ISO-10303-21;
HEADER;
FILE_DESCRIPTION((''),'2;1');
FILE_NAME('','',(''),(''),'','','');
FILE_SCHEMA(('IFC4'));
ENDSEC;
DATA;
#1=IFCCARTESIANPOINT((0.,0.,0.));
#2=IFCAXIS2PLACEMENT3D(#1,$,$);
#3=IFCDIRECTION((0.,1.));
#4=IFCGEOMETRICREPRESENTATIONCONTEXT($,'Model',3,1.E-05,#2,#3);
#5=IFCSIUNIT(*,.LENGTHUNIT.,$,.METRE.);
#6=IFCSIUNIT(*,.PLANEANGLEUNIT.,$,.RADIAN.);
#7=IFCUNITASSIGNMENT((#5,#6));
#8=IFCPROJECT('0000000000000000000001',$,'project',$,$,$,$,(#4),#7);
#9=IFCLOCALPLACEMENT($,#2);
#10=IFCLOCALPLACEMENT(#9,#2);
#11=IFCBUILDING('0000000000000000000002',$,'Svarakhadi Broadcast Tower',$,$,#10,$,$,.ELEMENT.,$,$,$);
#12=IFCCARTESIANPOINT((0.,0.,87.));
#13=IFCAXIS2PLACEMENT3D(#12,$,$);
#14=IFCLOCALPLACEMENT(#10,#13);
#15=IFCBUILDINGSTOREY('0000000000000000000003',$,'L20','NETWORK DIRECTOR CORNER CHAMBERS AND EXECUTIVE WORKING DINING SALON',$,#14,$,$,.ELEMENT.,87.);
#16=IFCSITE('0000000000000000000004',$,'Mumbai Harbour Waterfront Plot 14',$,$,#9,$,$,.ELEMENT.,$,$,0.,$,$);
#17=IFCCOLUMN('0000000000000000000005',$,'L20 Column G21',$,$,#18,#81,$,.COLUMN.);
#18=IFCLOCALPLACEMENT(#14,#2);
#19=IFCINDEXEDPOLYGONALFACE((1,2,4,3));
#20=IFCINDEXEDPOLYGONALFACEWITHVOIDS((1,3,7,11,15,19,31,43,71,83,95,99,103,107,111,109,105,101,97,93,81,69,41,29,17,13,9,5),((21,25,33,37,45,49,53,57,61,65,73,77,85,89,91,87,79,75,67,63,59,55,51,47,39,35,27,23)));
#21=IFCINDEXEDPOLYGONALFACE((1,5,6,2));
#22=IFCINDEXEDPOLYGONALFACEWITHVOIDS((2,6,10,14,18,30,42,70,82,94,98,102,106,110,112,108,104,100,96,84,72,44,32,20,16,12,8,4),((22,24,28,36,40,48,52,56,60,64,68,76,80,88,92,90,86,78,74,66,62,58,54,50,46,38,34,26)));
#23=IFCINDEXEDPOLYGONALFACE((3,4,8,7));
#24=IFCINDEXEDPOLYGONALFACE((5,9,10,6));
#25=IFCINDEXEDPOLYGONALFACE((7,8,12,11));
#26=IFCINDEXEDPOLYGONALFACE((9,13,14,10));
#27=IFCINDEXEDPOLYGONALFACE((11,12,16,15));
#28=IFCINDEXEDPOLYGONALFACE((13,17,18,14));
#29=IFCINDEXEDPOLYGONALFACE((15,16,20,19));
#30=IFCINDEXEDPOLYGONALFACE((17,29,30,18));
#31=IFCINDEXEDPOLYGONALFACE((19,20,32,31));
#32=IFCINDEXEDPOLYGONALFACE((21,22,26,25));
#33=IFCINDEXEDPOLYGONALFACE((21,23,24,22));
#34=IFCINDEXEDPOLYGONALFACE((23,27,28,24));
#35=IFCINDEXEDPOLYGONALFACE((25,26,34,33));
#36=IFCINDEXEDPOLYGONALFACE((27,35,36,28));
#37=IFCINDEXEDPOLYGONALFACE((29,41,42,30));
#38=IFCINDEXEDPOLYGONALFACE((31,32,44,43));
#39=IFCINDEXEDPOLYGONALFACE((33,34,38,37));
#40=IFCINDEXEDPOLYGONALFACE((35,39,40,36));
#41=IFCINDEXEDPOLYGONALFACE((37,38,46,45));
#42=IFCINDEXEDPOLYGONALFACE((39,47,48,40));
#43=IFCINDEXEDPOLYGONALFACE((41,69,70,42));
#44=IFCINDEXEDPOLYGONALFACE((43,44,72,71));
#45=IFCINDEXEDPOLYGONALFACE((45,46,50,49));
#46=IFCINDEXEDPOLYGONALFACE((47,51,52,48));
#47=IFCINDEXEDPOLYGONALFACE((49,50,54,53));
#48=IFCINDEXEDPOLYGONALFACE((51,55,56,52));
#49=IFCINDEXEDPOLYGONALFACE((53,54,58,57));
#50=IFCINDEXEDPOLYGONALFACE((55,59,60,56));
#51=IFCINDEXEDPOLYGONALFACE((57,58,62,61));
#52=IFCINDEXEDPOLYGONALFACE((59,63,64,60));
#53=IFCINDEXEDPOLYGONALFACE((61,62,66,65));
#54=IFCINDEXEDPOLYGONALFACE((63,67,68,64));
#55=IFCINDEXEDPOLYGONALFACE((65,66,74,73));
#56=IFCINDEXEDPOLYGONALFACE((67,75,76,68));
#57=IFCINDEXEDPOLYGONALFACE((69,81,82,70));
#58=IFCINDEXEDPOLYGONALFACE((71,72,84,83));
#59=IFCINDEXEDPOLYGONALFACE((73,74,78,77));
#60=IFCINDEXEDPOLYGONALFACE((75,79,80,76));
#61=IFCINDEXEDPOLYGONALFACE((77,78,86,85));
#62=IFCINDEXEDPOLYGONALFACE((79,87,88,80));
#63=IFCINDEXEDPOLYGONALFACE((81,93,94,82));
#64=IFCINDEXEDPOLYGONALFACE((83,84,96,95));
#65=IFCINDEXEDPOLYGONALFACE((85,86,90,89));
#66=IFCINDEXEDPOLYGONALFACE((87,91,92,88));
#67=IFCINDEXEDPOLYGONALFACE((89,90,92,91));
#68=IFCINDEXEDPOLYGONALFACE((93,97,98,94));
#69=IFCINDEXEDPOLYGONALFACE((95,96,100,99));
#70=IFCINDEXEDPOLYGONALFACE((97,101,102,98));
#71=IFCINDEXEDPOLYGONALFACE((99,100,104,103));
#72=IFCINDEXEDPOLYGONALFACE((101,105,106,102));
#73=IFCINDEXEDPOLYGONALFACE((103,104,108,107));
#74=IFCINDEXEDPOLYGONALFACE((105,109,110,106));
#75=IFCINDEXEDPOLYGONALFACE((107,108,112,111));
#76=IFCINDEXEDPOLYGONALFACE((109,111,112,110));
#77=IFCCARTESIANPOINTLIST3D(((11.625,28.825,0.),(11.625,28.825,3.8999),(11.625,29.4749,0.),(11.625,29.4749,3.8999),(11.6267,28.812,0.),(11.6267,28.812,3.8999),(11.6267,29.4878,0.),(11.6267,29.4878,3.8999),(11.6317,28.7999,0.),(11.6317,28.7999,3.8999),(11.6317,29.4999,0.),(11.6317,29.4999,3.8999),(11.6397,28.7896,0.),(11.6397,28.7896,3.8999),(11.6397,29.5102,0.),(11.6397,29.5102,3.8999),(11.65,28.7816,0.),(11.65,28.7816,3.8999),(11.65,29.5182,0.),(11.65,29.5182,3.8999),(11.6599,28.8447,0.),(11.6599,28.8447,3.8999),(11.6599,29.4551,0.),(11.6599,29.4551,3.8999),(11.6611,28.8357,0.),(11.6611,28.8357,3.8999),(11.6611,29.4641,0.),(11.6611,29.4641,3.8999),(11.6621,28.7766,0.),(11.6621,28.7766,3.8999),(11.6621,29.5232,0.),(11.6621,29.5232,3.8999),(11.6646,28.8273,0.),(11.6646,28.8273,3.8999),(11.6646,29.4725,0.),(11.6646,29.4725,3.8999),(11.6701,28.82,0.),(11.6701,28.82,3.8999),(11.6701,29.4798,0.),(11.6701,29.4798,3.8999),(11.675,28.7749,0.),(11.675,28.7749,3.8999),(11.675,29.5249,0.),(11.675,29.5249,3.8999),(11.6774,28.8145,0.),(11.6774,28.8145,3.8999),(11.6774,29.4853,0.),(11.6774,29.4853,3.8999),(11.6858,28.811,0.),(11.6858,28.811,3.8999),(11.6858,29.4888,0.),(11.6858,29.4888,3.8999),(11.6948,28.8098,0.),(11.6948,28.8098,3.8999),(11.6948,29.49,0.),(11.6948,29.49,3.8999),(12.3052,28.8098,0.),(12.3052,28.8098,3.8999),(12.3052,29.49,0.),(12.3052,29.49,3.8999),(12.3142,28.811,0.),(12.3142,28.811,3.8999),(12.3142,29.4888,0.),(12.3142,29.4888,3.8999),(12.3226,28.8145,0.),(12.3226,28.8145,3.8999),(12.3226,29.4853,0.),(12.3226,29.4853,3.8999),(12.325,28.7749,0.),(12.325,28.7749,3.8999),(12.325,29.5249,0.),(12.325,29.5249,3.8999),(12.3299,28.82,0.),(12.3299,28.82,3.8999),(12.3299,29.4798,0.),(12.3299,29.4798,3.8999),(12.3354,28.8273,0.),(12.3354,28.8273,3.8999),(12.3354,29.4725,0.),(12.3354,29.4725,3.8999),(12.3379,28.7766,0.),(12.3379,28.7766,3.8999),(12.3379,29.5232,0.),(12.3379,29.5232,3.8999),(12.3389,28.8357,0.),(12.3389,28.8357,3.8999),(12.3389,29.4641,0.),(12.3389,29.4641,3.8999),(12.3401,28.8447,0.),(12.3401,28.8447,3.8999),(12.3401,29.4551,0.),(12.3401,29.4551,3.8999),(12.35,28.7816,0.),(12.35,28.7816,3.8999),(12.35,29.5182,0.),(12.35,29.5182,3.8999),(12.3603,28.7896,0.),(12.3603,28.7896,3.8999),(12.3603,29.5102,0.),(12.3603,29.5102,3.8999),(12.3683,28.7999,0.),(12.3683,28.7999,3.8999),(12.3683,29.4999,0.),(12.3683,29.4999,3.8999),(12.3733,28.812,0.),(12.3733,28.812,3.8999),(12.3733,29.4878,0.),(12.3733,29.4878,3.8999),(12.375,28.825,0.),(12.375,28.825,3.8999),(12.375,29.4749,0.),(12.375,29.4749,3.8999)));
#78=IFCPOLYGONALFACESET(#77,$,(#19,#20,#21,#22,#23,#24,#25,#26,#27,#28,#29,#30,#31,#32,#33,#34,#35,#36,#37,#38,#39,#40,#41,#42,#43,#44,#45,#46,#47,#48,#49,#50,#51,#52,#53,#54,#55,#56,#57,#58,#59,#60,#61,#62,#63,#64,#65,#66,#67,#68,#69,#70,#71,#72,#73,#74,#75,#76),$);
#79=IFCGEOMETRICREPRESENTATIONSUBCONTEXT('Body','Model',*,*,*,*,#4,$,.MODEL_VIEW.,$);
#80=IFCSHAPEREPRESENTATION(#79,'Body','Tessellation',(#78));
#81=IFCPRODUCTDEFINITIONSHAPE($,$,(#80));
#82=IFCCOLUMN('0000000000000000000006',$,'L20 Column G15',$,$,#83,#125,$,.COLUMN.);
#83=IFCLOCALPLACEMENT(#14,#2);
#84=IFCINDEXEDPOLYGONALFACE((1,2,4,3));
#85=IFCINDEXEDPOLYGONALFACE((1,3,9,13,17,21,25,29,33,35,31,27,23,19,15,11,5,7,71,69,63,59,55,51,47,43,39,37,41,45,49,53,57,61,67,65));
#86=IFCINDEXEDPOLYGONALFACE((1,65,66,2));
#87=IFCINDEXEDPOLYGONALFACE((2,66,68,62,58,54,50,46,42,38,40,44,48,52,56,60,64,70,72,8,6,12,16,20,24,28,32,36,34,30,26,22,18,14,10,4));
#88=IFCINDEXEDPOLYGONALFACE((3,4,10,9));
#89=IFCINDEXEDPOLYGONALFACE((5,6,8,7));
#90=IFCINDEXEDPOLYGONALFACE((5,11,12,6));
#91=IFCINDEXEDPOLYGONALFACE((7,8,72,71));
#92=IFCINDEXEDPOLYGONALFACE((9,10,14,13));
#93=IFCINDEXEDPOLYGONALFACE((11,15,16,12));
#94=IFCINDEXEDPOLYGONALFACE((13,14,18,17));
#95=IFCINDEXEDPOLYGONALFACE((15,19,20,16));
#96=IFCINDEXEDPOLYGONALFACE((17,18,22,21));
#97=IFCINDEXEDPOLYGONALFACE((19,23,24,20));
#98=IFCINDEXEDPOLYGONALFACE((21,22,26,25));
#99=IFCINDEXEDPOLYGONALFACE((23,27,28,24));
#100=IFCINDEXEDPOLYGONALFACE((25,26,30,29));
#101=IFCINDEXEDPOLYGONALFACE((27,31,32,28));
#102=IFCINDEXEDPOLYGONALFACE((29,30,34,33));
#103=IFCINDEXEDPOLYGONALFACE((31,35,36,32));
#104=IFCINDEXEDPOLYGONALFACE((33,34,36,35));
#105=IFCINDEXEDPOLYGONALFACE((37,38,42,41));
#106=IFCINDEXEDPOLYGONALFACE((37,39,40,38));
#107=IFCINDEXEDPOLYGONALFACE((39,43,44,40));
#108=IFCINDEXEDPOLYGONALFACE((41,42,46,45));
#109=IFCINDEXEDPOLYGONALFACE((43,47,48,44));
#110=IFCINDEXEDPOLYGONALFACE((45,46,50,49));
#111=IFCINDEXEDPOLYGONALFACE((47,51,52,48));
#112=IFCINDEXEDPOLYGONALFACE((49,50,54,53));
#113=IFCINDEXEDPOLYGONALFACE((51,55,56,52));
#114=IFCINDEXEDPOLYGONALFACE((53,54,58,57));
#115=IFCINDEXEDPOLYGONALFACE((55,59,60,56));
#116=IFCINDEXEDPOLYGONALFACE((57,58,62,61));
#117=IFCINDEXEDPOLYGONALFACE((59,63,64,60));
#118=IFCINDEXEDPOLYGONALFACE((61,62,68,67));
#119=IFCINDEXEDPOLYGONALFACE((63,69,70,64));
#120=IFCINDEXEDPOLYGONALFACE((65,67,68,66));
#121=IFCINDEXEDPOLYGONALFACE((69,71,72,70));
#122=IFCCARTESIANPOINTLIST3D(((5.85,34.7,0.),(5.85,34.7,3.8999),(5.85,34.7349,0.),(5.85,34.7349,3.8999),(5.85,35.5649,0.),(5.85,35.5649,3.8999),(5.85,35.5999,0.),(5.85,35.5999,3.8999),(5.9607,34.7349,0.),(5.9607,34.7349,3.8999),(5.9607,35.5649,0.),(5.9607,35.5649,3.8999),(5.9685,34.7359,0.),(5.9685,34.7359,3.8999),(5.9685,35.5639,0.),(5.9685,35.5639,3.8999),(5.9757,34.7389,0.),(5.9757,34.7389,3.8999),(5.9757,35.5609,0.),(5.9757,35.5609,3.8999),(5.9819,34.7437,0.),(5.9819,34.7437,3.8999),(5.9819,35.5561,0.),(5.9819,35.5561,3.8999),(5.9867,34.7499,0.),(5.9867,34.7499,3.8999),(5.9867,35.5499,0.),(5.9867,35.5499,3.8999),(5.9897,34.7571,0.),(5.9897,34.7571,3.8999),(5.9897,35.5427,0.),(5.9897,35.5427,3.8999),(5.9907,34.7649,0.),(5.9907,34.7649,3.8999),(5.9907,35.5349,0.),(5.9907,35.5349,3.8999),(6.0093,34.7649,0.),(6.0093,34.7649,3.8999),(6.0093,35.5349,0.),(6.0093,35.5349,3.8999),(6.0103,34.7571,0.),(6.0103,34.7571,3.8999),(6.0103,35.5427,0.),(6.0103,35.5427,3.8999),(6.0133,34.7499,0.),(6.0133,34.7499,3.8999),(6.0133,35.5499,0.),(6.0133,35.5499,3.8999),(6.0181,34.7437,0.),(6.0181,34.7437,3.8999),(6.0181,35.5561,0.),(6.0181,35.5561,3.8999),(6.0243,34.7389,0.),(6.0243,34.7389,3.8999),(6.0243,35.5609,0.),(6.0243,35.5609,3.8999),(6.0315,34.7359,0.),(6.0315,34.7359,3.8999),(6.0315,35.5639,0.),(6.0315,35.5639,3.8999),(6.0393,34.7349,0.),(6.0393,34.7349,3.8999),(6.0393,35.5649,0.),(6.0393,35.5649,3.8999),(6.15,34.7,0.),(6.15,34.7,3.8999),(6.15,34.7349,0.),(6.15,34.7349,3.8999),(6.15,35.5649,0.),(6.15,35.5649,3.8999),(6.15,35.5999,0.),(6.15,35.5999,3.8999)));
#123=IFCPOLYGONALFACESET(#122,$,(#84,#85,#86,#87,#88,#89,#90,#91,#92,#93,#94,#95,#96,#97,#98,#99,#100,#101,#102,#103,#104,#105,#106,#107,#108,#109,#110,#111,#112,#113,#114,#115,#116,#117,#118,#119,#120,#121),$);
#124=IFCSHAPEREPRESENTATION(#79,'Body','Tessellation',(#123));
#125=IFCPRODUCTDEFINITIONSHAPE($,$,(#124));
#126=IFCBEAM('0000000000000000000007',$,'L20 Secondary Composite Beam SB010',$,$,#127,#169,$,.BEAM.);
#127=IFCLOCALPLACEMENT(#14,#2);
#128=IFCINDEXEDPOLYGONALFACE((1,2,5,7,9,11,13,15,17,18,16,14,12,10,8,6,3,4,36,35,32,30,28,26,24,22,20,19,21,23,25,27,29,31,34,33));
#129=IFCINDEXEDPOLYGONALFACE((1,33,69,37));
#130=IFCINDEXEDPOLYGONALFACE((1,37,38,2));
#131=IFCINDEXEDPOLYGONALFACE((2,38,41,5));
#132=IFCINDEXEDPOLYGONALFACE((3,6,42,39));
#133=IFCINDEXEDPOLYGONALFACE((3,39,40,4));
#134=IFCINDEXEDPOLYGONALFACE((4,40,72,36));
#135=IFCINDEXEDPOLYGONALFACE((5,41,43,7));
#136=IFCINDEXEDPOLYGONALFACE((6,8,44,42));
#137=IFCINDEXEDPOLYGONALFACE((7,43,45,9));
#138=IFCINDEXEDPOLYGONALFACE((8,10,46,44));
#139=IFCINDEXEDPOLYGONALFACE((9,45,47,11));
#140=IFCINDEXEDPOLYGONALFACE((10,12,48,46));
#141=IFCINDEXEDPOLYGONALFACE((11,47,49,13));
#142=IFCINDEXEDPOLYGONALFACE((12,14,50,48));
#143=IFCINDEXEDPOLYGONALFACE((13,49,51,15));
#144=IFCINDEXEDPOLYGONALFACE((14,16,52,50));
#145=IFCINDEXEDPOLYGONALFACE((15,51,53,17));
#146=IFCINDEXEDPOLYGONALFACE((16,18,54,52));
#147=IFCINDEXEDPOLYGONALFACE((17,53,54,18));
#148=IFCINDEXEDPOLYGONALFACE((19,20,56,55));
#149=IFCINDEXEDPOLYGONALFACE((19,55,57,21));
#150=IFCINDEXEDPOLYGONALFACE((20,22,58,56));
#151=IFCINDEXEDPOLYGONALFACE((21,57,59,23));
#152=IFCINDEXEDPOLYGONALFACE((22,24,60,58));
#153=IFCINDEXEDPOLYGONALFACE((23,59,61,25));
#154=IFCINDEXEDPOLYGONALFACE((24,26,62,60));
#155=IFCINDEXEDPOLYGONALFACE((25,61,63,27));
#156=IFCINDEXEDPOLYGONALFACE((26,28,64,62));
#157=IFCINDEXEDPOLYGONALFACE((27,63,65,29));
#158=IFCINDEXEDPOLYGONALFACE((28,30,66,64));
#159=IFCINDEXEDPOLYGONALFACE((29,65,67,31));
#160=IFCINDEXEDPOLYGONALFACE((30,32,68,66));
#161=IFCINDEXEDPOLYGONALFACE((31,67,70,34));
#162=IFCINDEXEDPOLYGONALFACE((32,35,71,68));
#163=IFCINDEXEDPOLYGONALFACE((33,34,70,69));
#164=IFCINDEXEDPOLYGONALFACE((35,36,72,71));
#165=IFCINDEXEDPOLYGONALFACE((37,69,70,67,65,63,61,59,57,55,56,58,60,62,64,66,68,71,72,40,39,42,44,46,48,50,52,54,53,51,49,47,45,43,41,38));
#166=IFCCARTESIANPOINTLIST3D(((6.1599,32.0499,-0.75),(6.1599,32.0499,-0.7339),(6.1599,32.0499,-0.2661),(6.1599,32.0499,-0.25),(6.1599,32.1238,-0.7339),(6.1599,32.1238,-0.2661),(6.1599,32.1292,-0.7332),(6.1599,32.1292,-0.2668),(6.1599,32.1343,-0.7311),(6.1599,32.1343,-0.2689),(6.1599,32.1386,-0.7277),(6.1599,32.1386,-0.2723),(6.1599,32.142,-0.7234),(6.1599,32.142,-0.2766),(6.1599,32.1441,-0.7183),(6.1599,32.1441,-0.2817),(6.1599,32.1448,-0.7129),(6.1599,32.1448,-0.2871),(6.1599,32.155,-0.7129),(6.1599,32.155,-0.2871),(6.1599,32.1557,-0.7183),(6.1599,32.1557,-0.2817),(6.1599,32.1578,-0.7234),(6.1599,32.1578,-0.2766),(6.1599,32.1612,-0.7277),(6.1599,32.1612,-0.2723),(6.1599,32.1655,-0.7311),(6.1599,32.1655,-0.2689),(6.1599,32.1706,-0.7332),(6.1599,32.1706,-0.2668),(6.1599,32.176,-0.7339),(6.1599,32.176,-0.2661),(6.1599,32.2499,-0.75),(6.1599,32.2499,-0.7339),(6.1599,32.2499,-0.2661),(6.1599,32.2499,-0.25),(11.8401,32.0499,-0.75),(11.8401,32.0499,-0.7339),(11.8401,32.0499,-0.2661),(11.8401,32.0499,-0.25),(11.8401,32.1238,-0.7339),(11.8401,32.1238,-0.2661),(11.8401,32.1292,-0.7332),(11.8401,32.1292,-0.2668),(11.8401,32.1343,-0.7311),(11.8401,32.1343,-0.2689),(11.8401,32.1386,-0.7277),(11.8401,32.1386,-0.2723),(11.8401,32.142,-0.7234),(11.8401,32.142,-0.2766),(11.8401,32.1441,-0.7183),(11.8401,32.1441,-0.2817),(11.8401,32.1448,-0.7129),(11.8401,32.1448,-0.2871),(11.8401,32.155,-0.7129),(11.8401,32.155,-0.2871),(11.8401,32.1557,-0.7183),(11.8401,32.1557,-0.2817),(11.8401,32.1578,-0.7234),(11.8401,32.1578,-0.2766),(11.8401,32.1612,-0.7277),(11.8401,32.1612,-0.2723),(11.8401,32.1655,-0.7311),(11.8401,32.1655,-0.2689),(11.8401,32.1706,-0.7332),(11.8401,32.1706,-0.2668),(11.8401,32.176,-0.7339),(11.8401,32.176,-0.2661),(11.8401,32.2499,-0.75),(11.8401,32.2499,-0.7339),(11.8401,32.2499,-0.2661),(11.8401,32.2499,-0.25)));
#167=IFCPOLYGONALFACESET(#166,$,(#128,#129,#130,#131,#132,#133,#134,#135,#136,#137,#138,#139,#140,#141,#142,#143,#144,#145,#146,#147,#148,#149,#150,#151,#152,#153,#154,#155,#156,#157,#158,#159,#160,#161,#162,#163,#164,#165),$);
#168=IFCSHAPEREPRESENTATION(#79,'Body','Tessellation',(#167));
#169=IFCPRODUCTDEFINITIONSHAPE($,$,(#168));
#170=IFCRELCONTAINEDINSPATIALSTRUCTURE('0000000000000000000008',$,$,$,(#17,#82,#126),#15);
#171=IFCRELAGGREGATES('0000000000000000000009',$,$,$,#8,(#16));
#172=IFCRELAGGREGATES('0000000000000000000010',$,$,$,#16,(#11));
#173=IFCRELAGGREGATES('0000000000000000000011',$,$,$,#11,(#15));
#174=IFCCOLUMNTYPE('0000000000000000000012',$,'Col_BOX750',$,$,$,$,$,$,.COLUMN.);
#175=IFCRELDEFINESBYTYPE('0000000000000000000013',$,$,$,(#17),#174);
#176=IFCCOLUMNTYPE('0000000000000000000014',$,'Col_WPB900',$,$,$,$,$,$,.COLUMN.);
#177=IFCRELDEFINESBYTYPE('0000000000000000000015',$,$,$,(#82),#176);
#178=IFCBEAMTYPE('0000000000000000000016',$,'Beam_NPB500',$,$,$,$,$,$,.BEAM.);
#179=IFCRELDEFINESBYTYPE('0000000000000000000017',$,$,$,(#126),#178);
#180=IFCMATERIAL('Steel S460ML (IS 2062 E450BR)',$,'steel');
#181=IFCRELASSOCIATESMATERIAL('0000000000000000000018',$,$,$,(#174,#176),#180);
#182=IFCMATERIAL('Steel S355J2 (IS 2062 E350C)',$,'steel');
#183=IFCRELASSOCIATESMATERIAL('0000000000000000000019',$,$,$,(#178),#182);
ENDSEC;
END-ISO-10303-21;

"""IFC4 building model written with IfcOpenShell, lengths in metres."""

from ifc_helpers import new_model, si_unit, direction, frame, origin, origin_2d, place, context, subcontext, project, spatial, hollow_rectangle, i_section, extrude, material, material_profile, profile_set, type_object, element, save


model = new_model("IFC4")

# Units and contexts
model_context = context("Model", 3, precision=1e-05, world=origin(), true_north=direction((0.0, 1.0)))
body_context = subcontext(model_context, "Body", "Model", "MODEL_VIEW")
ifc_project = project(units=[si_unit("LENGTHUNIT", "METRE"), si_unit("PLANEANGLEUNIT", "RADIAN")], contexts=[model_context])

# Site, building, storey
site_placement = place(None, origin())
site = spatial("IfcSite", under=ifc_project, at=site_placement, Name="Mumbai Harbour Waterfront Plot 14", CompositionType="ELEMENT", RefElevation=0.0)
building_placement = place(site_placement, origin())
building = spatial("IfcBuilding", under=site, at=building_placement, Name="Svarakhadi Broadcast Tower", CompositionType="ELEMENT")
storey_placement = place(building_placement, frame((0.0, 0.0, 87.0)))
storey = spatial("IfcBuildingStorey", under=building, at=storey_placement, Name="L20", Description="NETWORK DIRECTOR CORNER CHAMBERS AND EXECUTIVE WORKING DINING SALON", CompositionType="ELEMENT", Elevation=87.0)

# Columns
ifc_material_1 = material(Name="Steel S460ML (IS 2062 E450BR)", Category="steel")
ifc_material_profile_1 = material_profile(ifc_material_1, hollow_rectangle(XDim=0.75, YDim=0.75, WallThickness=0.0349, InnerFilletRadius=0.0349, OuterFilletRadius=0.05, at=origin_2d()), Name="BOX 750x750x35")
ifc_profile_set_1 = profile_set([ifc_material_profile_1], Name="Steel S460ML (IS 2062 E450BR)")
column_type_1 = type_object("IfcColumnType", Name="Col_BOX750", PredefinedType="COLUMN", material=ifc_profile_set_1)
column_1_placement = place(storey_placement, frame((12.0, 29.1499, 0.0), z_axis=(0.0, 0.0, 1.0), x_axis=(1.0, 0.0, 0.0)))
element("IfcColumn", 1, at=column_1_placement, inside=storey, type_object=column_type_1, Name="L20 Column G21", PredefinedType="COLUMN", context=body_context, shape_type="SweptSolid", body=[
    extrude(hollow_rectangle(XDim=0.75, YDim=0.75, WallThickness=0.0349, InnerFilletRadius=0.0349, OuterFilletRadius=0.05, at=origin_2d()), origin(), (0.0, 0.0, 1.0), 3.8999),
])
ifc_material_profile_2 = material_profile(ifc_material_1, i_section(OverallWidth=0.3, OverallDepth=0.8999, WebThickness=0.0186, FlangeThickness=0.0349, FilletRadius=0.03, at=origin_2d()), Name="WPB 900x300x291")
ifc_profile_set_2 = profile_set([ifc_material_profile_2], Name="Steel S460ML (IS 2062 E450BR)")
column_type_2 = type_object("IfcColumnType", Name="Col_WPB900", PredefinedType="COLUMN", material=ifc_profile_set_2)
column_2_placement = place(storey_placement, frame((6.0, 35.1499, 0.0), z_axis=(0.0, 0.0, 1.0), x_axis=(1.0, 0.0, 0.0)))
element("IfcColumn", 2, at=column_2_placement, inside=storey, type_object=column_type_2, Name="L20 Column G15", PredefinedType="COLUMN", context=body_context, shape_type="SweptSolid", body=[
    extrude(i_section(OverallWidth=0.3, OverallDepth=0.8999, WebThickness=0.0186, FlangeThickness=0.0349, FilletRadius=0.03, at=origin_2d()), origin(), (0.0, 0.0, 1.0), 3.8999),
])

# Beam
ifc_material_2 = material(Name="Steel S355J2 (IS 2062 E350C)", Category="steel")
ifc_material_profile_3 = material_profile(ifc_material_2, i_section(OverallWidth=0.2, OverallDepth=0.5, WebThickness=0.0103, FlangeThickness=0.0161, FilletRadius=0.021, at=origin_2d()), Name="NPB 500x200x91")
ifc_profile_set_3 = profile_set([ifc_material_profile_3], Name="Steel S355J2 (IS 2062 E350C)")
beam_type_1 = type_object("IfcBeamType", Name="Beam_NPB500", PredefinedType="BEAM", material=ifc_profile_set_3)
beam_placement = place(storey_placement, frame((6.1599, 32.1499, -0.5), z_axis=(1.0, 0.0, 0.0), x_axis=(0.0, 1.0, 0.0)))
element("IfcBeam", 3, at=beam_placement, inside=storey, type_object=beam_type_1, Name="L20 Secondary Composite Beam SB010", PredefinedType="BEAM", context=body_context, shape_type="SweptSolid", body=[
    extrude(i_section(OverallWidth=0.2, OverallDepth=0.5, WebThickness=0.0103, FlangeThickness=0.0161, FilletRadius=0.021, at=origin_2d()), origin(), (0.0, 0.0, 1.0), 5.6802),
])

save(model, "model.ifc")
